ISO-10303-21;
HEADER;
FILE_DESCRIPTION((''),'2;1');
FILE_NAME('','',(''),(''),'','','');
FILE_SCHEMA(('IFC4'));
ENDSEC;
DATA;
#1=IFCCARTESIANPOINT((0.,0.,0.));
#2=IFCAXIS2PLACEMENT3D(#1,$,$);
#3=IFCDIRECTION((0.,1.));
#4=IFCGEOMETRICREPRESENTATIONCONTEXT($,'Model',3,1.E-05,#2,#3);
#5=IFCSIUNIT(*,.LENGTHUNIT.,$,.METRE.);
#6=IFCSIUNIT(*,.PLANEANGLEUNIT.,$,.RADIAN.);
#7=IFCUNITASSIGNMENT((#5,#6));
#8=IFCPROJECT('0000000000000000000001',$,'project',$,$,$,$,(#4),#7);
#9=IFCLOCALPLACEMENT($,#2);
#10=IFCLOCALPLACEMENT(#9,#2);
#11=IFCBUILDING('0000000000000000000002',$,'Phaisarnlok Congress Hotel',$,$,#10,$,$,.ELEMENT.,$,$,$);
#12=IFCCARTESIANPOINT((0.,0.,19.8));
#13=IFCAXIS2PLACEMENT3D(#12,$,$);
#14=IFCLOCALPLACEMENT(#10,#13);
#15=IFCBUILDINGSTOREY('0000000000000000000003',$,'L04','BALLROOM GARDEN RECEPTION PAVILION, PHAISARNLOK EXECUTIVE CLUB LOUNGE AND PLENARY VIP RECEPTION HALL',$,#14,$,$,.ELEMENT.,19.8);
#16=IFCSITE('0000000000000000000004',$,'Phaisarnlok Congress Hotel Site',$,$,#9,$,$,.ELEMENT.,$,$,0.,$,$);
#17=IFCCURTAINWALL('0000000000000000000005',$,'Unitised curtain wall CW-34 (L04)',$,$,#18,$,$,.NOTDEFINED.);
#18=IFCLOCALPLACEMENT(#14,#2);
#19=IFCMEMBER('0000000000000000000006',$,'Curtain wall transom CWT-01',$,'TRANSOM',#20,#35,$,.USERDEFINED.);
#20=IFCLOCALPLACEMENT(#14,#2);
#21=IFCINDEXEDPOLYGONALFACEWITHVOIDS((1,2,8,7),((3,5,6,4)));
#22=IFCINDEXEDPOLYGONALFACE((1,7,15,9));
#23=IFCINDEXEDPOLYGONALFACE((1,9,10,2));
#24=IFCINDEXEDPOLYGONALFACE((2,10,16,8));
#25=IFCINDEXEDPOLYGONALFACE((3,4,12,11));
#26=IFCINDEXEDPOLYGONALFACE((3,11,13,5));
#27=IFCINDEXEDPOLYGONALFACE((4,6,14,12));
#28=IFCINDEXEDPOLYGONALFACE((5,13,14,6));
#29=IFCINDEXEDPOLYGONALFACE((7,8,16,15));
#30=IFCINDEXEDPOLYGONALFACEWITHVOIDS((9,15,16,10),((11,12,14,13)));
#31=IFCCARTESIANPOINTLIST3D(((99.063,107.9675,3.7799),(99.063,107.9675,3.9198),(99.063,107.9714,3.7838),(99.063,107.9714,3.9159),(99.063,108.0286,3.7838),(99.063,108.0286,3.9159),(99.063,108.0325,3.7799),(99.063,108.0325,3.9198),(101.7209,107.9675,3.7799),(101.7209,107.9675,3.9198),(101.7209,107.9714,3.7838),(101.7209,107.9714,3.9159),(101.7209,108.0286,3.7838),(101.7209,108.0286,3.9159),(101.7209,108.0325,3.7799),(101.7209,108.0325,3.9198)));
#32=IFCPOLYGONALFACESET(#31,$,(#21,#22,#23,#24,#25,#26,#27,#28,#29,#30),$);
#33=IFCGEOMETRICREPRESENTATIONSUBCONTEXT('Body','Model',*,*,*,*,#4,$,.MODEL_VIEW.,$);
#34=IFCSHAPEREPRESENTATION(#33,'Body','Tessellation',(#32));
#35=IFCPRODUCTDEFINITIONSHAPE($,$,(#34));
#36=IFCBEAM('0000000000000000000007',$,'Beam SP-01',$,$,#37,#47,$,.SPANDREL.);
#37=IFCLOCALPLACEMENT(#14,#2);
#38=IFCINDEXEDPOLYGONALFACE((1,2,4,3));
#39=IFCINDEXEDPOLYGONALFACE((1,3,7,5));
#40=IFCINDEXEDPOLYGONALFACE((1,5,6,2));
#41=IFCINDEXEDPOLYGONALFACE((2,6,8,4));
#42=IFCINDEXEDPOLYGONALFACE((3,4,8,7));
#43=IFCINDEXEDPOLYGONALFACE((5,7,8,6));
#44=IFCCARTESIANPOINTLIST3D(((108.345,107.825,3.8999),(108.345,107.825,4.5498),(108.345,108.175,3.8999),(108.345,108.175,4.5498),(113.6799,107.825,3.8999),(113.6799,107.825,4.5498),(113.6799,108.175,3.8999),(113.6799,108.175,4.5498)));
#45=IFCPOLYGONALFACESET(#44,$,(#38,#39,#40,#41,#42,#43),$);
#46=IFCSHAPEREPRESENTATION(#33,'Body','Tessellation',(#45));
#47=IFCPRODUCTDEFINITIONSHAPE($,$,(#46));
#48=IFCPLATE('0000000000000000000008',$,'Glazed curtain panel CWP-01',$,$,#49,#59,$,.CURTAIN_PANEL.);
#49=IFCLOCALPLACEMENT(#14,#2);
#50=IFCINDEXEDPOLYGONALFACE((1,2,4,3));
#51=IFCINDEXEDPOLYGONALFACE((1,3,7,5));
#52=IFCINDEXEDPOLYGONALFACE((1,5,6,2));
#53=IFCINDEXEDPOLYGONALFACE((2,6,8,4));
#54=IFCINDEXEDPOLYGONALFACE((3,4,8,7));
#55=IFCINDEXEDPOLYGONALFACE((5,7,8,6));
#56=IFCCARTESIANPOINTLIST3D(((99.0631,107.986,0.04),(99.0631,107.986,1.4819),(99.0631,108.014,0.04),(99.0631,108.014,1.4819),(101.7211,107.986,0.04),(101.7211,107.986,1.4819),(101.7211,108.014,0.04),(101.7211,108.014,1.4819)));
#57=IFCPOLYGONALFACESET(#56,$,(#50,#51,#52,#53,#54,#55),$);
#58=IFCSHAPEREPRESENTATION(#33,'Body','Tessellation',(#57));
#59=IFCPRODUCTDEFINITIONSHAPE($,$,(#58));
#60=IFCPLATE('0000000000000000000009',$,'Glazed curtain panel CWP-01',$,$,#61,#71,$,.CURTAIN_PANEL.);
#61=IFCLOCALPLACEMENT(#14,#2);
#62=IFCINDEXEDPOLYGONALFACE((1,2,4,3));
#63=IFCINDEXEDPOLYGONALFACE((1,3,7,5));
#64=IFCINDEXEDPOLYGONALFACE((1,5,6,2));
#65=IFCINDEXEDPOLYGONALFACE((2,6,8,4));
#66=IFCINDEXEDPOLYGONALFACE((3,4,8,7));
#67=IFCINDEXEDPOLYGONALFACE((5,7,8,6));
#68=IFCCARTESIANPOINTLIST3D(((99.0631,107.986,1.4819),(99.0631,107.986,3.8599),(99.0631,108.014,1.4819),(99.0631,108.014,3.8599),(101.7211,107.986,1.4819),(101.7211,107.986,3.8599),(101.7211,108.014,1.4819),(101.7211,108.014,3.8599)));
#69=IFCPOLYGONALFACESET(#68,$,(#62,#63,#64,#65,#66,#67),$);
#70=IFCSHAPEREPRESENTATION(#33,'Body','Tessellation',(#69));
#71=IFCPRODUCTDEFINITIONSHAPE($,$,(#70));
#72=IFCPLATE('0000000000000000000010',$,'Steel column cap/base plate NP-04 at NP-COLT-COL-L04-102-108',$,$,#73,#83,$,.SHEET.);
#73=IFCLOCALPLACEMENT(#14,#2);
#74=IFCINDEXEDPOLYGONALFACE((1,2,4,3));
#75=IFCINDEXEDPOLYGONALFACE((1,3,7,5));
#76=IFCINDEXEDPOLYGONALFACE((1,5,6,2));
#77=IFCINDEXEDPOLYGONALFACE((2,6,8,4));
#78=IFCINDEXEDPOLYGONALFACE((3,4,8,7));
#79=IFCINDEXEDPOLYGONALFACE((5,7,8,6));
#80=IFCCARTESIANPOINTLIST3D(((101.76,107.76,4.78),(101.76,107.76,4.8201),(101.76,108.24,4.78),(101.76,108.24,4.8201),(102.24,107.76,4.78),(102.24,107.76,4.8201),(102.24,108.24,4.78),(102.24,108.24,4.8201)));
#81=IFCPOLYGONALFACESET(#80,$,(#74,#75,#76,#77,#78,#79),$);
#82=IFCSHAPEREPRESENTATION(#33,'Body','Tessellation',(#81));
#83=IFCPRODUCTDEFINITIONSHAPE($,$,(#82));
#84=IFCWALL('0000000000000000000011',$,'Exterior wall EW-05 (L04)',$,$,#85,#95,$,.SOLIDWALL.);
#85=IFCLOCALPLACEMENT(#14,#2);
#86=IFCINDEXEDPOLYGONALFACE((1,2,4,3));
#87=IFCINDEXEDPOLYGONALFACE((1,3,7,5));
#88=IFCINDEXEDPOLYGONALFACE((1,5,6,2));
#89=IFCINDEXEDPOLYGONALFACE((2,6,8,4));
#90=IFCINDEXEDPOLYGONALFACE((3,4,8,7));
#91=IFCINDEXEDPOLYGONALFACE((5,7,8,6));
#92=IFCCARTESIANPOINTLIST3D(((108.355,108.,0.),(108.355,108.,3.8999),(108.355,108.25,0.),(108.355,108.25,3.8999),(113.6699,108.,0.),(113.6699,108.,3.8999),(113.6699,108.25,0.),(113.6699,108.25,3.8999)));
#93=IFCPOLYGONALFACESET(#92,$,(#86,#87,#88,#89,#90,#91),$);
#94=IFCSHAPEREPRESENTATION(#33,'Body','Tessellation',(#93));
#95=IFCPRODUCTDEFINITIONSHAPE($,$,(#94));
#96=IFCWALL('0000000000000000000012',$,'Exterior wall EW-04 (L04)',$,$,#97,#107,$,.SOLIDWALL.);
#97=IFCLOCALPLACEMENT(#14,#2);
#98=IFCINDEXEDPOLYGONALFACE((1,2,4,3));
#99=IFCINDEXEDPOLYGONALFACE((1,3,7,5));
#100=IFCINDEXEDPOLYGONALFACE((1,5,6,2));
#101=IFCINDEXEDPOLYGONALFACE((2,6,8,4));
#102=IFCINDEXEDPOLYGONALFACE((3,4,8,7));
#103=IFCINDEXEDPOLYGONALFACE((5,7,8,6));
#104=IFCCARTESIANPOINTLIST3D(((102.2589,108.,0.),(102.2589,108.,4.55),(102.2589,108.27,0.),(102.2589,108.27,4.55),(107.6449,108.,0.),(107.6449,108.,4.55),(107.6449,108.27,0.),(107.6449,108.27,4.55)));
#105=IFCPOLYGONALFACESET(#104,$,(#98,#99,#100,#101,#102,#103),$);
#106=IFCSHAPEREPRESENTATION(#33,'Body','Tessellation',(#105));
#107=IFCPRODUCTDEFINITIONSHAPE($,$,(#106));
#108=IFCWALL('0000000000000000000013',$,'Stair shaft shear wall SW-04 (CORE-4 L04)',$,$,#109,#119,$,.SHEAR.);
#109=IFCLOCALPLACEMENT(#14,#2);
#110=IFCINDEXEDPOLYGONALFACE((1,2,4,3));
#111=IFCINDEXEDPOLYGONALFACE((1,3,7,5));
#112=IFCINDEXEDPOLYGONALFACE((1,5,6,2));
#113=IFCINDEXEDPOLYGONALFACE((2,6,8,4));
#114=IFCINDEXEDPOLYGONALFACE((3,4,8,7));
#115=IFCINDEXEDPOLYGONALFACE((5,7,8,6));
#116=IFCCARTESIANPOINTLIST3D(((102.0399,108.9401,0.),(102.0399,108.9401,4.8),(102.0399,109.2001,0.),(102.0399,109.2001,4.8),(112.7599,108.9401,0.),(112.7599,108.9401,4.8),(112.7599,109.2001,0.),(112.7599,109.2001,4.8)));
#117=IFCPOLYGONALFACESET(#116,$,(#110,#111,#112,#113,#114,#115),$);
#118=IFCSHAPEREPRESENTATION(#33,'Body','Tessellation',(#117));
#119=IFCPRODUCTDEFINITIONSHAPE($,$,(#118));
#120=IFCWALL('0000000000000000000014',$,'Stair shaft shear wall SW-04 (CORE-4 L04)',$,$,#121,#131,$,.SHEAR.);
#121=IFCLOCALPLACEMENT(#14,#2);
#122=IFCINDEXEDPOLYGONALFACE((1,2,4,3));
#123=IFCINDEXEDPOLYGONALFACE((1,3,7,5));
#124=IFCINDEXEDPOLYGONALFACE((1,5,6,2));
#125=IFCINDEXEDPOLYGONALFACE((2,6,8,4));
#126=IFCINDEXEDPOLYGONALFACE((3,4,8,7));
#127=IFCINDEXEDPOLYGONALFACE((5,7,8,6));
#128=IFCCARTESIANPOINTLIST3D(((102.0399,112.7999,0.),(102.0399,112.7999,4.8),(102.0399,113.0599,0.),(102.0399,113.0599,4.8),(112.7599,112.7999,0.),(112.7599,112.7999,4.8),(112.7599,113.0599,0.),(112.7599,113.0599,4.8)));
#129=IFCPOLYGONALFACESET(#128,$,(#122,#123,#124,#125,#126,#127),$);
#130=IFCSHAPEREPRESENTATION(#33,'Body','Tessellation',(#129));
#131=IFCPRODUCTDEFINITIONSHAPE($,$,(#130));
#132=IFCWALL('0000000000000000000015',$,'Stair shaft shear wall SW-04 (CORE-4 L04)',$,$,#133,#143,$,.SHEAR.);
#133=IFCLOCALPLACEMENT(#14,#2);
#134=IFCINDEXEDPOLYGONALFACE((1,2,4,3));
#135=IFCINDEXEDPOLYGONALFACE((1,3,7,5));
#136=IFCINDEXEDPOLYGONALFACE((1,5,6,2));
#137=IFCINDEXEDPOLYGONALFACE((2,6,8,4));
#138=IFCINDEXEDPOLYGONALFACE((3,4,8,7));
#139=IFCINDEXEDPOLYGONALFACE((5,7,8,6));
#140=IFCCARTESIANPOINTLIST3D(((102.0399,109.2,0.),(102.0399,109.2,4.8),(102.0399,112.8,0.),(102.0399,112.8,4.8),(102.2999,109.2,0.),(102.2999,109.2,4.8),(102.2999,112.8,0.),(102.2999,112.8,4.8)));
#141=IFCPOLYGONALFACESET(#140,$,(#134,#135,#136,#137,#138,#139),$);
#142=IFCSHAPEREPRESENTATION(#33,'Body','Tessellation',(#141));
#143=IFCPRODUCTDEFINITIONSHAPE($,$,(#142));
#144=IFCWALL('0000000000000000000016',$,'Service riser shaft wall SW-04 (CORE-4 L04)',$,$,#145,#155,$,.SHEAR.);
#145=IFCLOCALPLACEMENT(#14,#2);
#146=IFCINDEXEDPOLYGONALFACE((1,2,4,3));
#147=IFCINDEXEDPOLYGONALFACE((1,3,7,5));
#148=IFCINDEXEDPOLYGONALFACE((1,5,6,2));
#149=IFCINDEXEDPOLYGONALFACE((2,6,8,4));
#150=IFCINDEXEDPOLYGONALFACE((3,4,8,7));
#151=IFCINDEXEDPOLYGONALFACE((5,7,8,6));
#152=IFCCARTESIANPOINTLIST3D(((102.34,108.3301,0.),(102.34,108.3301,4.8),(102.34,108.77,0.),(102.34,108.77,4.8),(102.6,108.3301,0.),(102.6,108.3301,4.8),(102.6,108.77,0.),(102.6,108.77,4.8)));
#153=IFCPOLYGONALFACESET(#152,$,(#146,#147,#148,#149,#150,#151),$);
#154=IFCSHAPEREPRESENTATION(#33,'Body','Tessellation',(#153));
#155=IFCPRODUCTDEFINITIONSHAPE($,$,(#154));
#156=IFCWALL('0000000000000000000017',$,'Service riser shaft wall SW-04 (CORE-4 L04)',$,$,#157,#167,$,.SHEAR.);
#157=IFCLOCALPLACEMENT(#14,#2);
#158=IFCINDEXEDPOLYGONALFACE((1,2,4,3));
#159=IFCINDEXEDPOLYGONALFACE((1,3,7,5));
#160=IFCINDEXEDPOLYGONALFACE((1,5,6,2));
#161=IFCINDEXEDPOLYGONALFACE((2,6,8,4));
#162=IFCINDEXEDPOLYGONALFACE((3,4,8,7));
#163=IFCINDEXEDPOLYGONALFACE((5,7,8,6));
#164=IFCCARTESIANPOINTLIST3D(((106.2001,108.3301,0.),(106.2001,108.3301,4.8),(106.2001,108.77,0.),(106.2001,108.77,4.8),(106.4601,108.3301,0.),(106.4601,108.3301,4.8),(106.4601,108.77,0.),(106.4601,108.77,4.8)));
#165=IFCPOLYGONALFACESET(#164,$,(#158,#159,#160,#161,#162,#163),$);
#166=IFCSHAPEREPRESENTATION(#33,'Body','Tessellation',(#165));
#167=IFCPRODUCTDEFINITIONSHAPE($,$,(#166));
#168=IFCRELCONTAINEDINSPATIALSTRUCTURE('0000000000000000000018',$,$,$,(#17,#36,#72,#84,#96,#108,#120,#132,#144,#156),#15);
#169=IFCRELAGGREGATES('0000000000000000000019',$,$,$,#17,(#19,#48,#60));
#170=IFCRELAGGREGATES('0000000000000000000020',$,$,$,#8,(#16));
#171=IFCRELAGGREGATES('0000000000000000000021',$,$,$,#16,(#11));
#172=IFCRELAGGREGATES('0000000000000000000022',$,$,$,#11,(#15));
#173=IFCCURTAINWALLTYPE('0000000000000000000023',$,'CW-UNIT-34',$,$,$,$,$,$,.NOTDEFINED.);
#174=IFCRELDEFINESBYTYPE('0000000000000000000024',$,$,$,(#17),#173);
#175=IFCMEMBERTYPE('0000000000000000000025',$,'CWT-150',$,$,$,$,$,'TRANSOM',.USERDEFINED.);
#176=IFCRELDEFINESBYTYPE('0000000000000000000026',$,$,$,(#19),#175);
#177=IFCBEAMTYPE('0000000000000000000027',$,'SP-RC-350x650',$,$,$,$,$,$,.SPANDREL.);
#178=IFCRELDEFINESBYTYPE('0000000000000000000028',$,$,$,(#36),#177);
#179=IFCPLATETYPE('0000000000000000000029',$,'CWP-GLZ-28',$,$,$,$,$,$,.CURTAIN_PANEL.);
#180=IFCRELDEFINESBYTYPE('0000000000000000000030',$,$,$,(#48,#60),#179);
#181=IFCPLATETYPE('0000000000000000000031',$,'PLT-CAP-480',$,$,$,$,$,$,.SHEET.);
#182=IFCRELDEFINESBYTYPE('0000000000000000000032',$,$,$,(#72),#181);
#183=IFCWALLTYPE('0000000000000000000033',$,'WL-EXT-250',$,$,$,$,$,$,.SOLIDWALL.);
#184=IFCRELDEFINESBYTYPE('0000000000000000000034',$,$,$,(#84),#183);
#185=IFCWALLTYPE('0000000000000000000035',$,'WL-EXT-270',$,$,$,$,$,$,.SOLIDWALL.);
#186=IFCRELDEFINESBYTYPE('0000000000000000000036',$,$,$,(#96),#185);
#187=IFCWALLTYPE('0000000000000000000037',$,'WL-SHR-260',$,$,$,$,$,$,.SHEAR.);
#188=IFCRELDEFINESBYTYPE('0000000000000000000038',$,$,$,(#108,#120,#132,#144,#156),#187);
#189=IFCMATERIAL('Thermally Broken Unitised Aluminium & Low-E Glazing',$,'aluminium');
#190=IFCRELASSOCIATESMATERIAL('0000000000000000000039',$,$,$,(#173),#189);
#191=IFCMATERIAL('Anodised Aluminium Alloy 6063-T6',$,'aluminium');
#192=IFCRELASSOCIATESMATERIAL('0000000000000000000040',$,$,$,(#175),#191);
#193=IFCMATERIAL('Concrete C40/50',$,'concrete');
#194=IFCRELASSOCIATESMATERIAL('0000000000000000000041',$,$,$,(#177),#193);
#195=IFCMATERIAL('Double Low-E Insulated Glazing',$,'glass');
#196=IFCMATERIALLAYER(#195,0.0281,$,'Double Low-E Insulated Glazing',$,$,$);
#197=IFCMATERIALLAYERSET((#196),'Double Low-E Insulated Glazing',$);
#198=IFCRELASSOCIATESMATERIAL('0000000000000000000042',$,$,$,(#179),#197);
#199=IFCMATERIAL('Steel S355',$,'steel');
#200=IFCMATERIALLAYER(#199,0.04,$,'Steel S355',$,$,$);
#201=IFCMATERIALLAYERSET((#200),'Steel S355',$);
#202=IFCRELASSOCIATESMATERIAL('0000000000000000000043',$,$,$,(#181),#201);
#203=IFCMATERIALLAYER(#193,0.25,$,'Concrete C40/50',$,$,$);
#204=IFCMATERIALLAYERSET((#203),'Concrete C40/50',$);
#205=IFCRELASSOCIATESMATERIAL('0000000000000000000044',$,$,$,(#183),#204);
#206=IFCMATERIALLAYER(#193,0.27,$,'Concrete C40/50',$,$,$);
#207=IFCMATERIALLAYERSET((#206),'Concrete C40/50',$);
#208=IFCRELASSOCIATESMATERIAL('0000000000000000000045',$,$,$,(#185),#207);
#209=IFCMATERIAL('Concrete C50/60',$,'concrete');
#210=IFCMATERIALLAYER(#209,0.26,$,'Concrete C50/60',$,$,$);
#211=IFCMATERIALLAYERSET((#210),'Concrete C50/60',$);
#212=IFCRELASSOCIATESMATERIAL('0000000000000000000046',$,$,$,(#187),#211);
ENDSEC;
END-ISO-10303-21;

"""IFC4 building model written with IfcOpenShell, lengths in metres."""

from ifc_helpers import new_model, si_unit, direction, frame, frame_2d, origin, origin_2d, place, context, subcontext, project, spatial, rectangle, hollow_rectangle, extrude, material, layer, layer_set, material_profile, profile_set, type_object, element, aggregate, save


model = new_model("IFC4")

# Units and contexts
model_context = context("Model", 3, precision=1e-05, world=origin(), true_north=direction((0.0, 1.0)))
body_context = subcontext(model_context, "Body", "Model", "MODEL_VIEW")
ifc_project = project(units=[si_unit("LENGTHUNIT", "METRE"), si_unit("PLANEANGLEUNIT", "RADIAN")], contexts=[model_context])

# Site, building, storey
site_placement = place(None, origin())
site = spatial("IfcSite", under=ifc_project, at=site_placement, Name="Phaisarnlok Congress Hotel Site", CompositionType="ELEMENT", RefElevation=0.0)
building_placement = place(site_placement, origin())
building = spatial("IfcBuilding", under=site, at=building_placement, Name="Phaisarnlok Congress Hotel", CompositionType="ELEMENT")
storey_placement = place(building_placement, frame((0.0, 0.0, 19.8)))
storey = spatial("IfcBuildingStorey", under=building, at=storey_placement, Name="L04", Description="BALLROOM GARDEN RECEPTION PAVILION, PHAISARNLOK EXECUTIVE CLUB LOUNGE AND PLENARY VIP RECEPTION HALL", CompositionType="ELEMENT", Elevation=19.8)

# Shared definitions
ifc_material_1 = material(Name="Concrete C50/60", Category="concrete")
ifc_material_2 = material(Name="Steel S355", Category="steel")

# Shared definitions
ifc_material_3 = material(Name="Concrete C40/50", Category="concrete")

# Curtain wall, member
ifc_material_4 = material(Name="Thermally Broken Unitised Aluminium & Low-E Glazing", Category="aluminium")
curtain_wall_type = type_object("IfcCurtainWallType", Name="CW-UNIT-34", PredefinedType="NOTDEFINED", material=ifc_material_4)
curtain_wall_placement = place(storey_placement, origin())
curtain_wall = element("IfcCurtainWall", 1, at=curtain_wall_placement, inside=storey, type_object=curtain_wall_type, Name="Unitised curtain wall CW-34 (L04)", PredefinedType="NOTDEFINED")
ifc_material_5 = material(Name="Anodised Aluminium Alloy 6063-T6", Category="aluminium")
ifc_material_profile_1 = material_profile(ifc_material_5, hollow_rectangle(XDim=0.0649, YDim=0.1399, WallThickness=0.0039, at=origin_2d()), Name="ALU-T 65x140x4")
ifc_profile_set_1 = profile_set([ifc_material_profile_1], Name="Anodised Aluminium Alloy 6063-T6")
member_type_1 = type_object("IfcMemberType", Name="CWT-150", ElementType="TRANSOM", PredefinedType="USERDEFINED", material=ifc_profile_set_1)
member_1_placement = place(storey_placement, frame((99.063, 108.0, 3.8499), z_axis=(1.0, 0.0, 0.0), x_axis=(0.0, 1.0, 0.0)))
member_1 = element("IfcMember", 2, at=member_1_placement, type_object=member_type_1, Name="Curtain wall transom CWT-01", ObjectType="TRANSOM", PredefinedType="USERDEFINED", context=body_context, shape_type="SweptSolid", body=[
    extrude(hollow_rectangle(XDim=0.0649, YDim=0.1399, WallThickness=0.0039, at=origin_2d()), origin(), (0.0, 0.0, 1.0), 2.658),
])

# Beam
ifc_material_profile_2 = material_profile(ifc_material_3, rectangle(XDim=0.3501, YDim=0.6499, at=origin_2d()), Name="RC 350x650")
ifc_profile_set_2 = profile_set([ifc_material_profile_2], Name="Concrete C40/50")
beam_type_1 = type_object("IfcBeamType", Name="SP-RC-350x650", PredefinedType="SPANDREL", material=ifc_profile_set_2)
beam_1_placement = place(storey_placement, frame((108.345, 108.0, 4.2249), z_axis=(1.0, 0.0, 0.0), x_axis=(0.0, 1.0, 0.0)))
element("IfcBeam", 3, at=beam_1_placement, inside=storey, type_object=beam_type_1, Name="Beam SP-01", PredefinedType="SPANDREL", context=body_context, shape_type="SweptSolid", body=[
    extrude(rectangle(XDim=0.3501, YDim=0.6499, at=origin_2d()), origin(), (0.0, 0.0, 1.0), 5.335),
])

# Plates
ifc_material_6 = material(Name="Double Low-E Insulated Glazing", Category="glass")
ifc_layer_1 = layer(ifc_material_6, 0.0281, Name="Double Low-E Insulated Glazing")
ifc_layer_set_1 = layer_set([ifc_layer_1], Name="Double Low-E Insulated Glazing")
plate_type_1 = type_object("IfcPlateType", Name="CWP-GLZ-28", PredefinedType="CURTAIN_PANEL", material=ifc_layer_set_1)
plate_1_placement = place(storey_placement, frame((99.063, 108.0, 0.04), z_axis=(0.0, 0.0, 1.0), x_axis=(1.0, 0.0, 0.0)))
plate_1 = element("IfcPlate", 4, at=plate_1_placement, type_object=plate_type_1, Name="Glazed curtain panel CWP-01", PredefinedType="CURTAIN_PANEL", context=body_context, shape_type="SweptSolid", body=[
    extrude(rectangle(XDim=2.658, YDim=0.0281, at=frame_2d((1.3291, 0.0))), origin(), (0.0, 0.0, 1.0), 1.4419),
])
plate_2_placement = place(storey_placement, frame((99.063, 108.0, 1.4819), z_axis=(0.0, 0.0, 1.0), x_axis=(1.0, 0.0, 0.0)))
plate_2 = element("IfcPlate", 5, at=plate_2_placement, type_object=plate_type_1, Name="Glazed curtain panel CWP-01", PredefinedType="CURTAIN_PANEL", context=body_context, shape_type="SweptSolid", body=[
    extrude(rectangle(XDim=2.658, YDim=0.0281, at=frame_2d((1.3291, 0.0))), origin(), (0.0, 0.0, 1.0), 2.3779),
])
aggregate(curtain_wall, [member_1, plate_1, plate_2])
ifc_layer_2 = layer(ifc_material_2, 0.04, Name="Steel S355")
ifc_layer_set_2 = layer_set([ifc_layer_2], Name="Steel S355")
plate_type_2 = type_object("IfcPlateType", Name="PLT-CAP-480", PredefinedType="SHEET", material=ifc_layer_set_2)
plate_3_placement = place(storey_placement, frame((102.0, 108.0, 4.78), z_axis=(0.0, 0.0, 1.0), x_axis=(1.0, 0.0, 0.0)))
element("IfcPlate", 6, at=plate_3_placement, inside=storey, type_object=plate_type_2, Name="Steel column cap/base plate NP-04 at NP-COLT-COL-L04-102-108", PredefinedType="SHEET", context=body_context, shape_type="SweptSolid", body=[
    extrude(rectangle(XDim=0.48, YDim=0.48, at=origin_2d()), origin(), (0.0, 0.0, 1.0), 0.04),
])

# Walls
ifc_layer_3 = layer(ifc_material_3, 0.25, Name="Concrete C40/50")
ifc_layer_set_3 = layer_set([ifc_layer_3], Name="Concrete C40/50")
wall_type_1 = type_object("IfcWallType", Name="WL-EXT-250", PredefinedType="SOLIDWALL", material=ifc_layer_set_3)
wall_1_placement = place(storey_placement, frame((108.355, 108.125, 0.0), z_axis=(0.0, 0.0, 1.0), x_axis=(1.0, 0.0, 0.0)))
element("IfcWall", 7, at=wall_1_placement, inside=storey, type_object=wall_type_1, Name="Exterior wall EW-05 (L04)", PredefinedType="SOLIDWALL", context=body_context, shape_type="SweptSolid", body=[
    extrude(rectangle(XDim=5.3149, YDim=0.25, at=frame_2d((2.6575, 0.0))), origin(), (0.0, 0.0, 1.0), 3.8999),
])
ifc_layer_4 = layer(ifc_material_3, 0.27, Name="Concrete C40/50")
ifc_layer_set_4 = layer_set([ifc_layer_4], Name="Concrete C40/50")
wall_type_2 = type_object("IfcWallType", Name="WL-EXT-270", PredefinedType="SOLIDWALL", material=ifc_layer_set_4)
wall_2_placement = place(storey_placement, frame((102.259, 108.135, 0.0), z_axis=(0.0, 0.0, 1.0), x_axis=(1.0, 0.0, 0.0)))
element("IfcWall", 8, at=wall_2_placement, inside=storey, type_object=wall_type_2, Name="Exterior wall EW-04 (L04)", PredefinedType="SOLIDWALL", context=body_context, shape_type="SweptSolid", body=[
    extrude(rectangle(XDim=5.386, YDim=0.27, at=frame_2d((2.6929, 0.0))), origin(), (0.0, 0.0, 1.0), 4.55),
])
ifc_layer_5 = layer(ifc_material_1, 0.26, Name="Concrete C50/60")
ifc_layer_set_5 = layer_set([ifc_layer_5], Name="Concrete C50/60")
wall_type_3 = type_object("IfcWallType", Name="WL-SHR-260", PredefinedType="SHEAR", material=ifc_layer_set_5)
for number, where, z_axis, x_axis, name in (
    (9, (102.04, 109.0701, 0.0), (0.0, 0.0, 1.0), (1.0, 0.0, 0.0), "Stair shaft shear wall SW-04 (CORE-4 L04)"),
    (10, (102.04, 112.9299, 0.0), (0.0, 0.0, 1.0), (1.0, 0.0, 0.0), "Stair shaft shear wall SW-04 (CORE-4 L04)"),
):
    element("IfcWall", number, at=place(storey_placement, frame(where, z_axis=z_axis, x_axis=x_axis)), inside=storey, type_object=wall_type_3, Name=name, PredefinedType="SHEAR", context=body_context, shape_type="SweptSolid", body=[
        extrude(rectangle(XDim=10.72, YDim=0.26, at=frame_2d((5.3599, 0.0))), origin(), (0.0, 0.0, 1.0), 4.8),
    ])
wall_3_placement = place(storey_placement, frame((102.1699, 109.2, 0.0), z_axis=(0.0, 0.0, 1.0), x_axis=(0.0, 1.0, 0.0)))
element("IfcWall", 11, at=wall_3_placement, inside=storey, type_object=wall_type_3, Name="Stair shaft shear wall SW-04 (CORE-4 L04)", PredefinedType="SHEAR", context=body_context, shape_type="SweptSolid", body=[
    extrude(rectangle(XDim=3.6001, YDim=0.26, at=frame_2d((1.8, 0.0))), origin(), (0.0, 0.0, 1.0), 4.8),
])
for number, where, z_axis, x_axis, name in (
    (12, (102.47, 108.3301, 0.0), (0.0, 0.0, 1.0), (0.0, 1.0, 0.0), "Service riser shaft wall SW-04 (CORE-4 L04)"),
    (13, (106.3301, 108.3301, 0.0), (0.0, 0.0, 1.0), (0.0, 1.0, 0.0), "Service riser shaft wall SW-04 (CORE-4 L04)"),
):
    element("IfcWall", number, at=place(storey_placement, frame(where, z_axis=z_axis, x_axis=x_axis)), inside=storey, type_object=wall_type_3, Name=name, PredefinedType="SHEAR", context=body_context, shape_type="SweptSolid", body=[
        extrude(rectangle(XDim=0.4399, YDim=0.26, at=frame_2d((0.22, 0.0))), origin(), (0.0, 0.0, 1.0), 4.8),
    ])

save(model, "model.ifc")
